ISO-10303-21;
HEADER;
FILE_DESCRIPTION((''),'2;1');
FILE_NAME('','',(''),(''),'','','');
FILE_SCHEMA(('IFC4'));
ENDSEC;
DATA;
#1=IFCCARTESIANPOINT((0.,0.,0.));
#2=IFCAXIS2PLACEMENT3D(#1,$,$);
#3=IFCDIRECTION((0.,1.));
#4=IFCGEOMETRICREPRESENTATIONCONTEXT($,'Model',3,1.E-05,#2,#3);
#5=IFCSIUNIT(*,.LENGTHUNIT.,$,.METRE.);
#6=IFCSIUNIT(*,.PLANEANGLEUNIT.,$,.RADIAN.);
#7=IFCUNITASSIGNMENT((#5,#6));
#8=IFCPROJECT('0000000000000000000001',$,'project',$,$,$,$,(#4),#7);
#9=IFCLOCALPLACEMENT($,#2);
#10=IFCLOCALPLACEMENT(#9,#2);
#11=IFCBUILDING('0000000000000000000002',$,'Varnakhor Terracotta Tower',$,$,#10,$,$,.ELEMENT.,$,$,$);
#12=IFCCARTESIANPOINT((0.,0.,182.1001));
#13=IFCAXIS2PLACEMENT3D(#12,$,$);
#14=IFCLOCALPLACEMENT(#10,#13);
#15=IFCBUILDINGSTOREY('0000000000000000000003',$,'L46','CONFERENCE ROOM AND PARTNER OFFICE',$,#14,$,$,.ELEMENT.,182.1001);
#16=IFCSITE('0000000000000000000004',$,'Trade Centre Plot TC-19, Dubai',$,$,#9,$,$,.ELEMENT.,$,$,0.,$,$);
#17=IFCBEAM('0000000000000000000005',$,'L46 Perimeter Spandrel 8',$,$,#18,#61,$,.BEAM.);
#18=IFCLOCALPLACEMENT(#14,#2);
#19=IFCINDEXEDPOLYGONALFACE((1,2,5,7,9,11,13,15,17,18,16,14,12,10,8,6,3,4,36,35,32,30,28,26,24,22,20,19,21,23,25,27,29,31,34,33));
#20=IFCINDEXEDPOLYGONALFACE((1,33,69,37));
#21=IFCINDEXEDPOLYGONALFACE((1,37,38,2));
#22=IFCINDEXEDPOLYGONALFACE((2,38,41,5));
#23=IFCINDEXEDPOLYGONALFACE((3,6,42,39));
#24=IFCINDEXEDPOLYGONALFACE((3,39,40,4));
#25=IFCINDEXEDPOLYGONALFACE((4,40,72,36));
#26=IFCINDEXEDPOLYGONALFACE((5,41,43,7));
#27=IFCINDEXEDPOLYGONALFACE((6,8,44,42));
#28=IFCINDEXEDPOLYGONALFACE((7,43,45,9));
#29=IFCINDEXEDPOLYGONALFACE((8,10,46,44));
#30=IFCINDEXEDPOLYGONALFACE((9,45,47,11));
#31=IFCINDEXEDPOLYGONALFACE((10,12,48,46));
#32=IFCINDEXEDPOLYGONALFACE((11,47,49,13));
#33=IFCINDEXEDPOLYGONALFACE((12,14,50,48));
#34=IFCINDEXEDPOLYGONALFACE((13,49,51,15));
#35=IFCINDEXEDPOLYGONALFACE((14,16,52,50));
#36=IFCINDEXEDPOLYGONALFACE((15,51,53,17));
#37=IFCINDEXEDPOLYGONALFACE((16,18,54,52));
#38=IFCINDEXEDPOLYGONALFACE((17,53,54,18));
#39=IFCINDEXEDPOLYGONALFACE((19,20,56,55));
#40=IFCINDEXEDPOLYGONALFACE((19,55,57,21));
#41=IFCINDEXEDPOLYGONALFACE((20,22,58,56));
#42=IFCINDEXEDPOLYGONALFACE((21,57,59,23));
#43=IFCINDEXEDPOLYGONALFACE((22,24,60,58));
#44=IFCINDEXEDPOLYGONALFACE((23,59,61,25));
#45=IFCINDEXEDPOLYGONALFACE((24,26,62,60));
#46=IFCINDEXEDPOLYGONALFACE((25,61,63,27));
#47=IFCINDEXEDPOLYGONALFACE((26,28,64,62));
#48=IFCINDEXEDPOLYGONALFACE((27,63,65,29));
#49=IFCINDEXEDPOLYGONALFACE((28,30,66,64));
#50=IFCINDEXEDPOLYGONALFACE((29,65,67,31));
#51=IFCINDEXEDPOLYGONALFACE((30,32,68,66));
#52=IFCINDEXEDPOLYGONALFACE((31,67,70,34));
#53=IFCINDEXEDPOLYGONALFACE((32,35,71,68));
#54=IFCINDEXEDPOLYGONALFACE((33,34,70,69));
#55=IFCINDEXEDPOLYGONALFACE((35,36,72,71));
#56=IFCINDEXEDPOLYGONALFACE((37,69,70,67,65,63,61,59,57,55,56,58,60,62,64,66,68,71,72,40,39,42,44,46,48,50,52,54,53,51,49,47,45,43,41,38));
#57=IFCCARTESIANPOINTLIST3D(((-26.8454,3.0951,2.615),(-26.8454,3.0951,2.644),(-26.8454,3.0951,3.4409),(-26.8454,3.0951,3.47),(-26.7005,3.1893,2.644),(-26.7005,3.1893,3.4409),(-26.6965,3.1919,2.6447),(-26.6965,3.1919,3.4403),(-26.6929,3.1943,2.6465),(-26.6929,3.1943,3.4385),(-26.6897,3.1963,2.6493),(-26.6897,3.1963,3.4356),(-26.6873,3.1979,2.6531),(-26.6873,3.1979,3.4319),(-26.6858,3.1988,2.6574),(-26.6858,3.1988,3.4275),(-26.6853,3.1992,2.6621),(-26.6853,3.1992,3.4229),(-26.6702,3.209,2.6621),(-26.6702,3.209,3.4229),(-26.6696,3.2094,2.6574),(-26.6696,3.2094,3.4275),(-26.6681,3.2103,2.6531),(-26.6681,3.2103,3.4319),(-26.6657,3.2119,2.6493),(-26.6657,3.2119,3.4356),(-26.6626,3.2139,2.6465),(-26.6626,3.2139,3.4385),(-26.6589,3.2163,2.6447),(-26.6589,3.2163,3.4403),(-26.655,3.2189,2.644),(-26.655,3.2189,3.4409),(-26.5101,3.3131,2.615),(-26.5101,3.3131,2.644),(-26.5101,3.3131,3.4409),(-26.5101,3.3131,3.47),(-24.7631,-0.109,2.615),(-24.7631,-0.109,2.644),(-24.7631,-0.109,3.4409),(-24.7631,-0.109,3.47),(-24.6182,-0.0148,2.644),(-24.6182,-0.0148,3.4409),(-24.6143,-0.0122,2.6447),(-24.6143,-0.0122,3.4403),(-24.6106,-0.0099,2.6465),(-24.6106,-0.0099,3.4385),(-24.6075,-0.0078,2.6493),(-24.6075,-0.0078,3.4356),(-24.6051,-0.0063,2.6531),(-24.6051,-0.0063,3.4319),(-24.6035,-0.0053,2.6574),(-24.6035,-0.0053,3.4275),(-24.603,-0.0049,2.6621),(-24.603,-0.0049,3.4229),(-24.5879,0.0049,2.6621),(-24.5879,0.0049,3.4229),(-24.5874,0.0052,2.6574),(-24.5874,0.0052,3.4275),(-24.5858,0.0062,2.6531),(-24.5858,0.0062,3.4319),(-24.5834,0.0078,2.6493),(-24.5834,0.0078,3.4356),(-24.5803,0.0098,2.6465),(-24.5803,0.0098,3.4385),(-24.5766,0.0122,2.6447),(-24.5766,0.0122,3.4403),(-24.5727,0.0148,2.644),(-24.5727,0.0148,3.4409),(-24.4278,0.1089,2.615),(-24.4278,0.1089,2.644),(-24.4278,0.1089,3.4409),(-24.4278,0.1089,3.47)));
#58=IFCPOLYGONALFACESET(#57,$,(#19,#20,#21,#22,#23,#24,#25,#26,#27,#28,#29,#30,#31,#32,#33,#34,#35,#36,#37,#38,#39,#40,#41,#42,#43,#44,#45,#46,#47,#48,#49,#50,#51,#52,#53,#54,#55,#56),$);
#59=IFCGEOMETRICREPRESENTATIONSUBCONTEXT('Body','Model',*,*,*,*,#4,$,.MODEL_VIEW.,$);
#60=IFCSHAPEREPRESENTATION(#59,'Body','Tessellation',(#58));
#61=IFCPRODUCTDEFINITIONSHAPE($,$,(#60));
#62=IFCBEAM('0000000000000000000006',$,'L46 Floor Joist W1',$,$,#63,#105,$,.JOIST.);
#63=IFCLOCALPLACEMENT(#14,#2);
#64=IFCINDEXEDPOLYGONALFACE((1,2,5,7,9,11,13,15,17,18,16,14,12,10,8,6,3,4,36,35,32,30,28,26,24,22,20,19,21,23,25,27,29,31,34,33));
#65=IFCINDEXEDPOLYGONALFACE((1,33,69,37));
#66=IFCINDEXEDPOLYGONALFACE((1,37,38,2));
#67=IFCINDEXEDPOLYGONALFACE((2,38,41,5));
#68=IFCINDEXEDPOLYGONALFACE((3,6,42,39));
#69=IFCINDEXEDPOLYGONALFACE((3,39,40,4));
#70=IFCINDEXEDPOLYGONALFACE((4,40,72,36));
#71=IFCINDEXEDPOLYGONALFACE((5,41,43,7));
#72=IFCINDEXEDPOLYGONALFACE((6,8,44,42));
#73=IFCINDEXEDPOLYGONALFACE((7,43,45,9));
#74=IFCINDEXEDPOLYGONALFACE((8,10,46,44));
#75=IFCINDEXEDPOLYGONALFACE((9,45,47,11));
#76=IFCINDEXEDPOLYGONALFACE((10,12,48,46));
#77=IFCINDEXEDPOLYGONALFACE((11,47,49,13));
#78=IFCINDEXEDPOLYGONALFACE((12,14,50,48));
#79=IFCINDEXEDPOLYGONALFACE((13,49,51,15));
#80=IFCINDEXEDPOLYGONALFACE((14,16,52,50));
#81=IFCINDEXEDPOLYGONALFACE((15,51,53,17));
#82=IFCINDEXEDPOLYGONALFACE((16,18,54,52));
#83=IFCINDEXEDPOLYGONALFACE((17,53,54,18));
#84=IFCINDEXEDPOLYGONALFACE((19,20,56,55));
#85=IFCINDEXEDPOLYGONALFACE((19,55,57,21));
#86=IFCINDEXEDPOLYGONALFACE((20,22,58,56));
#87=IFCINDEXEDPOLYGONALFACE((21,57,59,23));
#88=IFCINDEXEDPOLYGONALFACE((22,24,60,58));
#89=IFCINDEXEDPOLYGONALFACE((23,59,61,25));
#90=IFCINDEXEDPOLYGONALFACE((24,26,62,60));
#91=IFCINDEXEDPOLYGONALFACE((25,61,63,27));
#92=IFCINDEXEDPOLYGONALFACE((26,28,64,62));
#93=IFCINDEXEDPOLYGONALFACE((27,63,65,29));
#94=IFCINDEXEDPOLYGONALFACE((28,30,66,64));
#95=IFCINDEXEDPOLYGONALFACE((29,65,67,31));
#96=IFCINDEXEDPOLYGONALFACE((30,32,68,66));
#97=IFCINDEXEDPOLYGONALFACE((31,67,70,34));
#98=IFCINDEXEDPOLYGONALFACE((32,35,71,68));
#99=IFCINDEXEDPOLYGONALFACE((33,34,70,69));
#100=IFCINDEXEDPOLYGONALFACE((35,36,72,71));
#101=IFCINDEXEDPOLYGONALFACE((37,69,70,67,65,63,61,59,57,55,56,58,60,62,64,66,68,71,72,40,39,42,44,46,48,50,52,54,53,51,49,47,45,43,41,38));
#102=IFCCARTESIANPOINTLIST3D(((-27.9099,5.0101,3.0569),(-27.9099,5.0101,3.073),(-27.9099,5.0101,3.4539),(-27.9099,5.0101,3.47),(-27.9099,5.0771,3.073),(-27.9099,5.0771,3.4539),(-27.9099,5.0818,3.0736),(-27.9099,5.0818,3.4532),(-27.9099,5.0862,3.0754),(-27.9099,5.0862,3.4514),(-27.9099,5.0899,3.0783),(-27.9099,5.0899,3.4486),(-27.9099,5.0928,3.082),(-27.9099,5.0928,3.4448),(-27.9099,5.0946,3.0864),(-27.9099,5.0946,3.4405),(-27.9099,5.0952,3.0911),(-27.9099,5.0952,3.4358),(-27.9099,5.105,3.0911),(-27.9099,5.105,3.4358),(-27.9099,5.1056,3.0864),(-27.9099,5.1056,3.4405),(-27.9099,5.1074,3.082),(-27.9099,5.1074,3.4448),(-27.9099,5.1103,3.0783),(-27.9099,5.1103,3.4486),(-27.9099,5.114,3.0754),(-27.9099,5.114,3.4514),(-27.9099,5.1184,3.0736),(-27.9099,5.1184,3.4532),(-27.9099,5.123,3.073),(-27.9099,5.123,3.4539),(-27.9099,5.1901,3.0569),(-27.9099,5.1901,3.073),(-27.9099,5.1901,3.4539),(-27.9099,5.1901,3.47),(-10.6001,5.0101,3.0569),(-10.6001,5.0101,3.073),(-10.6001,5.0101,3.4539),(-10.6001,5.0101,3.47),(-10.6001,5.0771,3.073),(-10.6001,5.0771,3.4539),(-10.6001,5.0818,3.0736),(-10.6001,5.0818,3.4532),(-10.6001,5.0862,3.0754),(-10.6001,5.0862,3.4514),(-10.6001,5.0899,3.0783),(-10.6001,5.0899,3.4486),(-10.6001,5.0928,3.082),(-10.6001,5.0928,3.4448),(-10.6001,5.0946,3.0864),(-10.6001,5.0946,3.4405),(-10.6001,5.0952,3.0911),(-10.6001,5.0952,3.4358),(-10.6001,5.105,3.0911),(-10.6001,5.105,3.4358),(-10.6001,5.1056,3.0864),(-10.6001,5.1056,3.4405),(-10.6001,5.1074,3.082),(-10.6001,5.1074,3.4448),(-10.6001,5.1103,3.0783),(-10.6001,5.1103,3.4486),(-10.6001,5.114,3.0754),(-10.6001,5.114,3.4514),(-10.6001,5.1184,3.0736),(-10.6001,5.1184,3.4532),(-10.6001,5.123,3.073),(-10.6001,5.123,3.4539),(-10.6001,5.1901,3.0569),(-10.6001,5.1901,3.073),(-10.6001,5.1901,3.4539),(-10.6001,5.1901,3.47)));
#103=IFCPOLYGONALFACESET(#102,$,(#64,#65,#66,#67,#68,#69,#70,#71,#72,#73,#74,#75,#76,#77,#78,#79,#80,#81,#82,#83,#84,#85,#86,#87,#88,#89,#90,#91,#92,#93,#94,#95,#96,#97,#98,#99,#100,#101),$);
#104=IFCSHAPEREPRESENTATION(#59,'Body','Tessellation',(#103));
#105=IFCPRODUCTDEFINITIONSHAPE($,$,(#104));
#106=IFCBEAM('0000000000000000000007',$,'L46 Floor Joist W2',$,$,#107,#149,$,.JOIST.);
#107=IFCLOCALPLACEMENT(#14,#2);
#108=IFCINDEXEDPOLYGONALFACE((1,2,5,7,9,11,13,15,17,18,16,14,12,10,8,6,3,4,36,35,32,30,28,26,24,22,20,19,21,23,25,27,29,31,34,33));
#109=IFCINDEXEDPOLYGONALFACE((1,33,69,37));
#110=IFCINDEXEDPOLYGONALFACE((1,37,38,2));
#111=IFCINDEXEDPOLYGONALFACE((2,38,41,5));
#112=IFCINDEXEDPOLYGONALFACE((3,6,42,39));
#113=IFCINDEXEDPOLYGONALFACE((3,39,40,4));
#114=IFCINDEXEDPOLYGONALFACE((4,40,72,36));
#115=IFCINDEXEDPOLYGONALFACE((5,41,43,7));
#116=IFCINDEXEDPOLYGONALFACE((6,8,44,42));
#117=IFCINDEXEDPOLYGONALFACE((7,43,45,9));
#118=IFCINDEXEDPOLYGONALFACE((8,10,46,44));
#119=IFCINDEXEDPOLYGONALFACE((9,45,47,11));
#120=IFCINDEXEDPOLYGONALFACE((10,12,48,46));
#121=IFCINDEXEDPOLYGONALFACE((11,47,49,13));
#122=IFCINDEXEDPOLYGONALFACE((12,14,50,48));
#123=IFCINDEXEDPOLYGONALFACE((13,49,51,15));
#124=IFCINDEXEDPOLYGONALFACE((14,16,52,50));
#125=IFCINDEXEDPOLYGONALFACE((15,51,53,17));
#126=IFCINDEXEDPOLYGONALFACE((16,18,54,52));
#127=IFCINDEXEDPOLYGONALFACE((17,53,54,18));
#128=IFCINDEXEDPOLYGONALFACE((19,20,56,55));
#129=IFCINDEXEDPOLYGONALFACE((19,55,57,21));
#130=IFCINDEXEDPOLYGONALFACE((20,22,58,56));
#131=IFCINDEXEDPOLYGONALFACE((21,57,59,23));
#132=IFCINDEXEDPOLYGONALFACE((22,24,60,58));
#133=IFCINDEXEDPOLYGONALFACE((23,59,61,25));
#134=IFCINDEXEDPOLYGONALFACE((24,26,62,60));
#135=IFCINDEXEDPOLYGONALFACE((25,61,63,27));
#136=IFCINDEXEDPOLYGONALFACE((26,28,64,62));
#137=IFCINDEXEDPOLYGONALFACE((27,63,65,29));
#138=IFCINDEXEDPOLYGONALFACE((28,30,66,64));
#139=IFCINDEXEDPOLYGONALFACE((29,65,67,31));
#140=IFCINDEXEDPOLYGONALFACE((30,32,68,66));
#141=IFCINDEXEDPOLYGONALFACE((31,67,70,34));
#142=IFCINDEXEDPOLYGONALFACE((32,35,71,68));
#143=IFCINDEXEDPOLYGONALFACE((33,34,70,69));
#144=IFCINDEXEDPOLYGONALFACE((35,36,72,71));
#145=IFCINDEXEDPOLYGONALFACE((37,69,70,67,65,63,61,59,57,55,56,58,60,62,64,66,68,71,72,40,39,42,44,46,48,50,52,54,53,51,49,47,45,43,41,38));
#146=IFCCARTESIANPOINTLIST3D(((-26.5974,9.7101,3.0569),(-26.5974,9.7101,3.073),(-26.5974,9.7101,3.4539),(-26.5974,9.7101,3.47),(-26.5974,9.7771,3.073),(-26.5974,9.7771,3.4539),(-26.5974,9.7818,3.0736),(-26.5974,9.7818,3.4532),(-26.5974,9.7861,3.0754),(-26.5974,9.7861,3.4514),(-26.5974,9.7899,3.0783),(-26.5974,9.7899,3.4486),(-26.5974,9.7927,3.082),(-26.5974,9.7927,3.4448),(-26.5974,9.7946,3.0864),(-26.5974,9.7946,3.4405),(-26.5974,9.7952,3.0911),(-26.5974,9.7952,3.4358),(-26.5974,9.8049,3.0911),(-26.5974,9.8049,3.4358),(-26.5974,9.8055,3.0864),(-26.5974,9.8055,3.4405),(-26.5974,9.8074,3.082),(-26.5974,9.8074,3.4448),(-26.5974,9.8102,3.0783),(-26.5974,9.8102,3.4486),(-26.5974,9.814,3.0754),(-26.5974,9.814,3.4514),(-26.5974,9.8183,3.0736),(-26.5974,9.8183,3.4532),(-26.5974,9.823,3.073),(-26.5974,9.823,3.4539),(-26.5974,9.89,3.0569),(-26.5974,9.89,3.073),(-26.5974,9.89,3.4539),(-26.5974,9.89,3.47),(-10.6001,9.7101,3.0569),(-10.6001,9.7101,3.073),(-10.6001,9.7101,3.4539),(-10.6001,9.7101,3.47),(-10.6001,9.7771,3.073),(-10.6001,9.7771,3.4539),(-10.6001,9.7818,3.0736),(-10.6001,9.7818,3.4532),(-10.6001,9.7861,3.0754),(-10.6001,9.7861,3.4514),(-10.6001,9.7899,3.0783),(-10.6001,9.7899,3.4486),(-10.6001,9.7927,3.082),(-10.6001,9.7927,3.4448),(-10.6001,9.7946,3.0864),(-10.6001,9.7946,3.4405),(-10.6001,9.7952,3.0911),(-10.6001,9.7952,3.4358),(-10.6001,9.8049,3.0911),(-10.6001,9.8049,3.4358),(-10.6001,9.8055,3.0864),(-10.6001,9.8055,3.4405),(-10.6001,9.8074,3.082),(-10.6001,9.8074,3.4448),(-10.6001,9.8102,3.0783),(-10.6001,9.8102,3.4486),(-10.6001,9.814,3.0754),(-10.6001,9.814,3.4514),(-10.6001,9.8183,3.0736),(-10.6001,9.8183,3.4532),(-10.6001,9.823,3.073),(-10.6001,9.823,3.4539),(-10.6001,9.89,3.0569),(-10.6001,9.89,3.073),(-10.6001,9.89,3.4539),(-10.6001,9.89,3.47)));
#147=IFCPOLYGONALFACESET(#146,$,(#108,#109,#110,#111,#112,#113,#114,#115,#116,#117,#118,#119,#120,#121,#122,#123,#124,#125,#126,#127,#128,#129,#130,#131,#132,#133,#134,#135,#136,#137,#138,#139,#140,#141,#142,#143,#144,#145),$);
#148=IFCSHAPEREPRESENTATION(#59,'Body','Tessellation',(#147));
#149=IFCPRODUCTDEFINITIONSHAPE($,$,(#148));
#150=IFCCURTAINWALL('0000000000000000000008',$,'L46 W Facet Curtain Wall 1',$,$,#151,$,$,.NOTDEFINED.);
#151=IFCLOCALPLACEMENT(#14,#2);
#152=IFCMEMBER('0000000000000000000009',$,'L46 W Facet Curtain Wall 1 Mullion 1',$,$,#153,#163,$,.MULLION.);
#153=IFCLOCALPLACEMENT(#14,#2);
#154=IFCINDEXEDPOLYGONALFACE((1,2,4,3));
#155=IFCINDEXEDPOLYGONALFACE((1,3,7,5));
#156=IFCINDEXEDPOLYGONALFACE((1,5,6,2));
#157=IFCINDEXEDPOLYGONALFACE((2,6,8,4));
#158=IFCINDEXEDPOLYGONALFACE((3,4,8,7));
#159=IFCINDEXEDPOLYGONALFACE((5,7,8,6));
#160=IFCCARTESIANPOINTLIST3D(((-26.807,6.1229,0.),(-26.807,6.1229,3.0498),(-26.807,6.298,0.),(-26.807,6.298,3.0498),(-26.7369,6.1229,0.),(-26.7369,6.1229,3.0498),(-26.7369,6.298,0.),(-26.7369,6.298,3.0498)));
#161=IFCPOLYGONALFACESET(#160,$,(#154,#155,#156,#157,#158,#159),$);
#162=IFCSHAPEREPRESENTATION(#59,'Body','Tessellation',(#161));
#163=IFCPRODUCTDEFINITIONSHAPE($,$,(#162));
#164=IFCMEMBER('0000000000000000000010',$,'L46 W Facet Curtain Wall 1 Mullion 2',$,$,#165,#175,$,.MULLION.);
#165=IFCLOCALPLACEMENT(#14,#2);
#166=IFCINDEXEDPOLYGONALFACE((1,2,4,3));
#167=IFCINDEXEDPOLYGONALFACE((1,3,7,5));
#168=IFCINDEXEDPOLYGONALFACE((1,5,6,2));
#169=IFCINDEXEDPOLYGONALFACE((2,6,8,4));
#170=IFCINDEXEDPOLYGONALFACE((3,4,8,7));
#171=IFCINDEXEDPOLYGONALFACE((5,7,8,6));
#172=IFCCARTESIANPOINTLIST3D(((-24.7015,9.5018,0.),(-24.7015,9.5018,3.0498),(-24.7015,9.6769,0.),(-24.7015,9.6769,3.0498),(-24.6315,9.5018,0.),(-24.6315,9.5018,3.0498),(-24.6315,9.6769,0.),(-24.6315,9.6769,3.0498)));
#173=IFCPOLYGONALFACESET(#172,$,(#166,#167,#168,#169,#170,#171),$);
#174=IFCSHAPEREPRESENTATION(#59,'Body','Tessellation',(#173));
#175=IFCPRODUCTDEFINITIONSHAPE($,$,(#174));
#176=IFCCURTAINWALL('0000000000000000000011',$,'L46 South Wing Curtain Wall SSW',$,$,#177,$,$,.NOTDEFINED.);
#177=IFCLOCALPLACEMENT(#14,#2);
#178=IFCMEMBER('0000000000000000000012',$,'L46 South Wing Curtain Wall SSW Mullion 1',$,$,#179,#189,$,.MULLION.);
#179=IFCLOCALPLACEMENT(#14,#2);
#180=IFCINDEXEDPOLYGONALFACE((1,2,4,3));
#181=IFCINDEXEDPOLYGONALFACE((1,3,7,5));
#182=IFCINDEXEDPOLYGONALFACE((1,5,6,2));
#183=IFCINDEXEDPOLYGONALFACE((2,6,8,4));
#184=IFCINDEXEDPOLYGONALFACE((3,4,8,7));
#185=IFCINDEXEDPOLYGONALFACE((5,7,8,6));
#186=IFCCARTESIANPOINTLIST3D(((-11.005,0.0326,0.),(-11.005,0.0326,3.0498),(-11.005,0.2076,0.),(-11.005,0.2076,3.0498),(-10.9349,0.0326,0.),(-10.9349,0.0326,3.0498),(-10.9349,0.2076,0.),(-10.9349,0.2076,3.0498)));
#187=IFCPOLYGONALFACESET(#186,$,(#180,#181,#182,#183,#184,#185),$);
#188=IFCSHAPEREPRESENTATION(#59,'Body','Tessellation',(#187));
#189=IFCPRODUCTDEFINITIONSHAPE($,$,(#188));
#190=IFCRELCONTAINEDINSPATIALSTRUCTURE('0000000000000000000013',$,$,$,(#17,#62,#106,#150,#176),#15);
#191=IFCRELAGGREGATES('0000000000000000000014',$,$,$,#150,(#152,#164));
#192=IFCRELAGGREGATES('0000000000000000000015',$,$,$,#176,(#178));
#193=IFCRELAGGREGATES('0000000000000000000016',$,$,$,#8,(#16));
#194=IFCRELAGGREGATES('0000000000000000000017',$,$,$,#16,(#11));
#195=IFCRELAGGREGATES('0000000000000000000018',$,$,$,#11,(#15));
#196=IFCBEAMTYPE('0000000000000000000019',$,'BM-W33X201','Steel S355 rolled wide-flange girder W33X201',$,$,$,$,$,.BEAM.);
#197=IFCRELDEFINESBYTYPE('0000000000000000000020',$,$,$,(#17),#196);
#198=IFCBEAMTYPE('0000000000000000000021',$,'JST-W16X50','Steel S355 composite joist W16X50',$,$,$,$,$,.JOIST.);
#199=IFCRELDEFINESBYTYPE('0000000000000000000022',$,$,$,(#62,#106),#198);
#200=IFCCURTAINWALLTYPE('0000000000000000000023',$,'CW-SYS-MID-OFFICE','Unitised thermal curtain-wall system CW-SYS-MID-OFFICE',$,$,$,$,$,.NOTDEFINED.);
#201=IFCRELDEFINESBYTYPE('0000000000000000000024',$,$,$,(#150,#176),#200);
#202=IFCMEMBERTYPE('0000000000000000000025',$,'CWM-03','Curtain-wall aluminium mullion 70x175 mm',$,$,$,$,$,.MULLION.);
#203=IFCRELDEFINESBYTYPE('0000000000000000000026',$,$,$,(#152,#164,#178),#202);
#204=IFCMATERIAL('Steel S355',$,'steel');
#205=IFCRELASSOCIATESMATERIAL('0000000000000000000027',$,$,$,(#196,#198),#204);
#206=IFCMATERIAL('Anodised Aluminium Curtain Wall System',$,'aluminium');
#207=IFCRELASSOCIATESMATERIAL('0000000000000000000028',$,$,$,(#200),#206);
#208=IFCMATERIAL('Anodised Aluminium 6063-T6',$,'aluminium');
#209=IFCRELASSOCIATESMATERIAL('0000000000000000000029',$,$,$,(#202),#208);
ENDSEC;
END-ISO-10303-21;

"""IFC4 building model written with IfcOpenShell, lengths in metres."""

from ifc_helpers import new_model, si_unit, direction, frame, origin, origin_2d, place, context, subcontext, project, spatial, rectangle, i_section, extrude, source, transform, mapped, material, material_profile, profile_set, type_object, type_shapes, element, aggregate, save


model = new_model("IFC4")

# Units and contexts
model_context = context("Model", 3, precision=1e-05, world=origin(), true_north=direction((0.0, 1.0)))
body_context = subcontext(model_context, "Body", "Model", "MODEL_VIEW")
ifc_project = project(units=[si_unit("LENGTHUNIT", "METRE"), si_unit("PLANEANGLEUNIT", "RADIAN")], contexts=[model_context])

# Site, building, storey
site_placement = place(None, origin())
site = spatial("IfcSite", under=ifc_project, at=site_placement, Name="Trade Centre Plot TC-19, Dubai", CompositionType="ELEMENT", RefElevation=0.0)
building_placement = place(site_placement, origin())
building = spatial("IfcBuilding", under=site, at=building_placement, Name="Varnakhor Terracotta Tower", CompositionType="ELEMENT")
storey_placement = place(building_placement, frame((0.0, 0.0, 182.1001)))
storey = spatial("IfcBuildingStorey", under=building, at=storey_placement, Name="L46", Description="CONFERENCE ROOM AND PARTNER OFFICE", CompositionType="ELEMENT", Elevation=182.1001)

# Beams
ifc_material_1 = material(Name="Steel S355", Category="steel")
ifc_material_profile_1 = material_profile(ifc_material_1, i_section(OverallWidth=0.3999, OverallDepth=0.855, WebThickness=0.0181, FlangeThickness=0.0291, FilletRadius=0.0181, at=origin_2d()), Name="W33X201")
ifc_profile_set_1 = profile_set([ifc_material_profile_1], Name="Steel S355")
beam_type_1 = type_object("IfcBeamType", Name="BM-W33X201", Description="Steel S355 rolled wide-flange girder W33X201", PredefinedType="BEAM", material=ifc_profile_set_1)
shared_shape_1 = source(origin(), body_context, "Body", "SweptSolid", [
    extrude(i_section(OverallWidth=0.3999, OverallDepth=0.855, WebThickness=0.0181, FlangeThickness=0.0291, FilletRadius=0.0181, at=origin_2d()), origin(), (0.0, 0.0, 1.0), 3.8213),
])
beam_1_placement = place(storey_placement, frame((-26.6777, 3.2041, 3.0425), z_axis=(0.544916, -0.83849, 0.0), x_axis=(0.83849, 0.544916, 0.0)))
element("IfcBeam", 1, at=beam_1_placement, inside=storey, type_object=beam_type_1, Name="L46 Perimeter Spandrel 8", PredefinedType="BEAM", context=body_context, shape_type="MappedRepresentation", body=[
    mapped(shared_shape_1, transform((0.0, 0.0, 0.0), scale=1.0)),
])
ifc_material_profile_2 = material_profile(ifc_material_1, i_section(OverallWidth=0.1799, OverallDepth=0.4131, WebThickness=0.0098, FlangeThickness=0.0161, FilletRadius=0.0181, at=origin_2d()), Name="W16X50")
ifc_profile_set_2 = profile_set([ifc_material_profile_2], Name="Steel S355")
beam_type_2 = type_object("IfcBeamType", Name="JST-W16X50", Description="Steel S355 composite joist W16X50", PredefinedType="JOIST", material=ifc_profile_set_2)
shared_shape_2 = source(origin(), body_context, "Body", "SweptSolid", [
    extrude(i_section(OverallWidth=0.1799, OverallDepth=0.4131, WebThickness=0.0098, FlangeThickness=0.0161, FilletRadius=0.0181, at=origin_2d()), origin(), (0.0, 0.0, 1.0), 17.3098),
])
beam_2_placement = place(storey_placement, frame((-27.9099, 5.1001, 3.2634), z_axis=(1.0, 0.0, 0.0), x_axis=(0.0, 1.0, 0.0)))
element("IfcBeam", 2, at=beam_2_placement, inside=storey, type_object=beam_type_2, Name="L46 Floor Joist W1", PredefinedType="JOIST", context=body_context, shape_type="MappedRepresentation", body=[
    mapped(shared_shape_2, transform((0.0, 0.0, 0.0), scale=1.0)),
])
shared_shape_3 = source(origin(), body_context, "Body", "SweptSolid", [
    extrude(i_section(OverallWidth=0.1799, OverallDepth=0.4131, WebThickness=0.0098, FlangeThickness=0.0161, FilletRadius=0.0181, at=origin_2d()), origin(), (0.0, 0.0, 1.0), 15.9973),
])
beam_3_placement = place(storey_placement, frame((-26.5974, 9.8, 3.2634), z_axis=(1.0, 0.0, 0.0), x_axis=(0.0, 1.0, 0.0)))
element("IfcBeam", 3, at=beam_3_placement, inside=storey, type_object=beam_type_2, Name="L46 Floor Joist W2", PredefinedType="JOIST", context=body_context, shape_type="MappedRepresentation", body=[
    mapped(shared_shape_3, transform((0.0, 0.0, 0.0), scale=1.0)),
])

# Curtain walls, members
ifc_material_2 = material(Name="Anodised Aluminium Curtain Wall System", Category="aluminium")
curtain_wall_type = type_object("IfcCurtainWallType", Name="CW-SYS-MID-OFFICE", Description="Unitised thermal curtain-wall system CW-SYS-MID-OFFICE", PredefinedType="NOTDEFINED", material=ifc_material_2)
curtain_wall_1_placement = place(storey_placement, origin())
curtain_wall_1 = element("IfcCurtainWall", 4, at=curtain_wall_1_placement, inside=storey, type_object=curtain_wall_type, Name="L46 W Facet Curtain Wall 1", PredefinedType="NOTDEFINED")
ifc_material_3 = material(Name="Anodised Aluminium 6063-T6", Category="aluminium")
ifc_material_profile_3 = material_profile(ifc_material_3, rectangle(XDim=0.0701, YDim=0.175, at=origin_2d()), Name="ALU MULLION 70x175")
ifc_profile_set_3 = profile_set([ifc_material_profile_3], Name="Anodised Aluminium 6063-T6")
member_type_1 = type_object("IfcMemberType", Name="CWM-03", Description="Curtain-wall aluminium mullion 70x175 mm", PredefinedType="MULLION", material=ifc_profile_set_3)
shared_shape_4 = source(origin(), body_context, "Body", "SweptSolid", [
    extrude(rectangle(XDim=0.0701, YDim=0.175, at=origin_2d()), origin(), (0.0, 0.0, 1.0), 3.0498),
])
type_shapes(member_type_1, [shared_shape_4])
member_1_placement = place(storey_placement, frame((-26.772, 6.2104, 0.0), z_axis=(0.0, 0.0, 1.0), x_axis=(1.0, 0.0, 0.0)))
member_1 = element("IfcMember", 5, at=member_1_placement, type_object=member_type_1, Name="L46 W Facet Curtain Wall 1 Mullion 1", PredefinedType="MULLION", context=body_context, shape_type="MappedRepresentation", body=[
    mapped(shared_shape_4, transform((0.0, 0.0, 0.0), scale=1.0)),
])
member_2_placement = place(storey_placement, frame((-24.6665, 9.5894, 0.0), z_axis=(0.0, 0.0, 1.0), x_axis=(1.0, 0.0, 0.0)))
member_2 = element("IfcMember", 6, at=member_2_placement, type_object=member_type_1, Name="L46 W Facet Curtain Wall 1 Mullion 2", PredefinedType="MULLION", context=body_context, shape_type="MappedRepresentation", body=[
    mapped(shared_shape_4, transform((0.0, 0.0, 0.0), scale=1.0)),
])
curtain_wall_2_placement = place(storey_placement, origin())
curtain_wall_2 = element("IfcCurtainWall", 7, at=curtain_wall_2_placement, inside=storey, type_object=curtain_wall_type, Name="L46 South Wing Curtain Wall SSW", PredefinedType="NOTDEFINED")
member_3_placement = place(storey_placement, frame((-10.97, 0.1201, 0.0), z_axis=(0.0, 0.0, 1.0), x_axis=(1.0, 0.0, 0.0)))
member_3 = element("IfcMember", 8, at=member_3_placement, type_object=member_type_1, Name="L46 South Wing Curtain Wall SSW Mullion 1", PredefinedType="MULLION", context=body_context, shape_type="MappedRepresentation", body=[
    mapped(shared_shape_4, transform((0.0, 0.0, 0.0), scale=1.0)),
])

aggregate(curtain_wall_1, [member_1, member_2])
aggregate(curtain_wall_2, [member_3])

save(model, "model.ifc")
